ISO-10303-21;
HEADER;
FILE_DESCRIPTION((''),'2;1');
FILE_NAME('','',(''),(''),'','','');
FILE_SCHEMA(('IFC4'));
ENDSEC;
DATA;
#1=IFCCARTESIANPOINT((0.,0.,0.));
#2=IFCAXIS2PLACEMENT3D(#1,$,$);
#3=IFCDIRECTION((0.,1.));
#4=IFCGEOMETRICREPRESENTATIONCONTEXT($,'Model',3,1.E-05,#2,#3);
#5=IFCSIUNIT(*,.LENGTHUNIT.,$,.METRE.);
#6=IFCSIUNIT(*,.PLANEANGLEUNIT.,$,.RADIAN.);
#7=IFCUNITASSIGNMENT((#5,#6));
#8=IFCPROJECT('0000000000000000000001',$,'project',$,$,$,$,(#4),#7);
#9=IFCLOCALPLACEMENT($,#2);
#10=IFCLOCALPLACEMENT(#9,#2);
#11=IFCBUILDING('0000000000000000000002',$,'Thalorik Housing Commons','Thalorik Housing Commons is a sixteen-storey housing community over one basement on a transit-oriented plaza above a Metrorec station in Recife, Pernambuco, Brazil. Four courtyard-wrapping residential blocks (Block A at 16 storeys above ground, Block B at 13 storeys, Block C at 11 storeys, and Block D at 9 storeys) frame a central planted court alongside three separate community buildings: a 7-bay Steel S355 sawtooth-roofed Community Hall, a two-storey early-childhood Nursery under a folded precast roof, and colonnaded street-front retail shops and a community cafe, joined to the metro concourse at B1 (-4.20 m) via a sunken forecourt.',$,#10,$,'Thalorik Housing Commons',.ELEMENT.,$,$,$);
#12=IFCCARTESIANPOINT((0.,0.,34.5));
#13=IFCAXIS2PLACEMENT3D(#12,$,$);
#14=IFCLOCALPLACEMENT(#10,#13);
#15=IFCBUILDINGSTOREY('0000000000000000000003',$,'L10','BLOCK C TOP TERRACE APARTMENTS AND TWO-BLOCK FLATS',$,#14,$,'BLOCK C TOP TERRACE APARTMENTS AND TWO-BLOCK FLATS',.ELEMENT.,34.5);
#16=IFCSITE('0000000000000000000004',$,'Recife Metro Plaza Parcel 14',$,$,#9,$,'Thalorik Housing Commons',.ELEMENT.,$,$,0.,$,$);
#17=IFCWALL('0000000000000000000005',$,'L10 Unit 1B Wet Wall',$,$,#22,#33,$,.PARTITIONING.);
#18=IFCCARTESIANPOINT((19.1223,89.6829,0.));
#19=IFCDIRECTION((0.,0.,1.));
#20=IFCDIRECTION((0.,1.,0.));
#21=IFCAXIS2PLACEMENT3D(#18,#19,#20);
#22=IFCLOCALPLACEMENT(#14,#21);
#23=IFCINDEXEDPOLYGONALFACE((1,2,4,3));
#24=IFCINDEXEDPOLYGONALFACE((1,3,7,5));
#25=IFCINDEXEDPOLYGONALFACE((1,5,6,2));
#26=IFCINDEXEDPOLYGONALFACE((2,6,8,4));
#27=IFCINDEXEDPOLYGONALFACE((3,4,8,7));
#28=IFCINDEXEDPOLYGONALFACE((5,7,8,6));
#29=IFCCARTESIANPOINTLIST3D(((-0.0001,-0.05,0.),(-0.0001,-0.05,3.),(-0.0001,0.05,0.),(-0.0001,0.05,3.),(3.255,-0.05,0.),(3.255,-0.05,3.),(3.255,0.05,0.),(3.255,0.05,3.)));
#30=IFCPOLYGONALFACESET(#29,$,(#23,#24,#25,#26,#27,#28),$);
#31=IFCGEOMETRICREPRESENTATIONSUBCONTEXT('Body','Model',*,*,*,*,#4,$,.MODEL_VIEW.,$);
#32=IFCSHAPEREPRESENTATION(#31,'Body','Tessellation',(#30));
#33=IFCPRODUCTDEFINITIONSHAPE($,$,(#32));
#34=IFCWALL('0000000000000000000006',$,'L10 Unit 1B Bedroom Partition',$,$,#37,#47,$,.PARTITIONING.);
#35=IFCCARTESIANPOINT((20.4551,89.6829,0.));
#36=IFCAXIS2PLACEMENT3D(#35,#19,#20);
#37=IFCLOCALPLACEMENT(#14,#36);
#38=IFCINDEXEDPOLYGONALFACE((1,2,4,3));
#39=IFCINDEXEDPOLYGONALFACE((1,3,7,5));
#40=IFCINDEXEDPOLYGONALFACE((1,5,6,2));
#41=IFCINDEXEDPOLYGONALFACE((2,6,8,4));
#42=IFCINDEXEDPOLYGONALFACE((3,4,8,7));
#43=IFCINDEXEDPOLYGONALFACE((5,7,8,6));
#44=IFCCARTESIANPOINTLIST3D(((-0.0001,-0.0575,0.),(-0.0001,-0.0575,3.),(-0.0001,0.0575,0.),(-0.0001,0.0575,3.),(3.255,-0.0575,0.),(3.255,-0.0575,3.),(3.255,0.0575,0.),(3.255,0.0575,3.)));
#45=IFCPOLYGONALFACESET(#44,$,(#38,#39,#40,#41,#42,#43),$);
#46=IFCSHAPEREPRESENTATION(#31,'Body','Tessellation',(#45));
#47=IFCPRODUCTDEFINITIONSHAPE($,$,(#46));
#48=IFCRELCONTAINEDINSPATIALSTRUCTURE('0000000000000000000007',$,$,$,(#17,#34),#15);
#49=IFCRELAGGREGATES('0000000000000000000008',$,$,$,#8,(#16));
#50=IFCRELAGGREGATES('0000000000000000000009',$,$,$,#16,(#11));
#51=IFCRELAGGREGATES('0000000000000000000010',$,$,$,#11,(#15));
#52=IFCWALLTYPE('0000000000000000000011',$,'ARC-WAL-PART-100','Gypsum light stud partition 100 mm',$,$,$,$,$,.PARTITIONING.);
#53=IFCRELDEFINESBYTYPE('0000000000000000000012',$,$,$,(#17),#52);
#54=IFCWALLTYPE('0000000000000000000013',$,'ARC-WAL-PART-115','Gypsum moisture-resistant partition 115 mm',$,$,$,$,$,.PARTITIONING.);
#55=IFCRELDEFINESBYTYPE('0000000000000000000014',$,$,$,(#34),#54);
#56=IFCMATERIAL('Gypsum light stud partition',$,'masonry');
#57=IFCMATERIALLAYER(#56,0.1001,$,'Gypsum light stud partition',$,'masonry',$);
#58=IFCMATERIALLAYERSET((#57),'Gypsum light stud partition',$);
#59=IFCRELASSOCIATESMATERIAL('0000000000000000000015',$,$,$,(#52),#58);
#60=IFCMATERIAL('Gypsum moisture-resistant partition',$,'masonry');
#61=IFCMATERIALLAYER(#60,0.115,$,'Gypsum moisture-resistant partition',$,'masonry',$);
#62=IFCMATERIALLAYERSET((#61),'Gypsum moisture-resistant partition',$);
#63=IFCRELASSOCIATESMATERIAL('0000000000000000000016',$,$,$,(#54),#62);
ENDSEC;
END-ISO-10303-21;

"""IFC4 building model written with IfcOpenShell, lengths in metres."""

from ifc_helpers import new_model, si_unit, direction, frame, frame_2d, origin, place, context, subcontext, project, spatial, rectangle, extrude, material, layer, layer_set, type_object, element, save


model = new_model("IFC4")

# Units and contexts
model_context = context("Model", 3, precision=1e-05, world=origin(), true_north=direction((0.0, 1.0)))
body_context = subcontext(model_context, "Body", "Model", "MODEL_VIEW")
ifc_project = project(units=[si_unit("LENGTHUNIT", "METRE"), si_unit("PLANEANGLEUNIT", "RADIAN")], contexts=[model_context])

# Site, building, storey
site_placement = place(None, origin())
site = spatial("IfcSite", under=ifc_project, at=site_placement, Name="Recife Metro Plaza Parcel 14", LongName="Thalorik Housing Commons", CompositionType="ELEMENT", RefElevation=0.0)
building_placement = place(site_placement, origin())
building = spatial("IfcBuilding", under=site, at=building_placement, Name="Thalorik Housing Commons", Description="Thalorik Housing Commons is a sixteen-storey housing community over one basement on a transit-oriented plaza above a Metrorec station in Recife, Pernambuco, Brazil. Four courtyard-wrapping residential blocks (Block A at 16 storeys above ground, Block B at 13 storeys, Block C at 11 storeys, and Block D at 9 storeys) frame a central planted court alongside three separate community buildings: a 7-bay Steel S355 sawtooth-roofed Community Hall, a two-storey early-childhood Nursery under a folded precast roof, and colonnaded street-front retail shops and a community cafe, joined to the metro concourse at B1 (-4.20 m) via a sunken forecourt.", LongName="Thalorik Housing Commons", CompositionType="ELEMENT")
storey_placement = place(building_placement, frame((0.0, 0.0, 34.5)))
storey = spatial("IfcBuildingStorey", under=building, at=storey_placement, Name="L10", Description="BLOCK C TOP TERRACE APARTMENTS AND TWO-BLOCK FLATS", LongName="BLOCK C TOP TERRACE APARTMENTS AND TWO-BLOCK FLATS", CompositionType="ELEMENT", Elevation=34.5)

# Walls
ifc_material_1 = material(Name="Gypsum light stud partition", Category="masonry")
ifc_layer_1 = layer(ifc_material_1, 0.1001, Name="Gypsum light stud partition", Category="masonry")
ifc_layer_set_1 = layer_set([ifc_layer_1], Name="Gypsum light stud partition")
wall_type_1 = type_object("IfcWallType", Name="ARC-WAL-PART-100", Description="Gypsum light stud partition 100 mm", PredefinedType="PARTITIONING", material=ifc_layer_set_1)
wall_1_placement = place(storey_placement, frame((19.1223, 89.6829, 0.0), z_axis=(0.0, 0.0, 1.0), x_axis=(0.0, 1.0, 0.0)))
element("IfcWall", 1, at=wall_1_placement, inside=storey, type_object=wall_type_1, Name="L10 Unit 1B Wet Wall", PredefinedType="PARTITIONING", context=body_context, shape_type="SweptSolid", body=[
    extrude(rectangle(XDim=3.2551, YDim=0.1001, at=frame_2d((1.6274, 0.0))), origin(), (0.0, 0.0, 1.0), 3.0),
])
ifc_material_2 = material(Name="Gypsum moisture-resistant partition", Category="masonry")
ifc_layer_2 = layer(ifc_material_2, 0.115, Name="Gypsum moisture-resistant partition", Category="masonry")
ifc_layer_set_2 = layer_set([ifc_layer_2], Name="Gypsum moisture-resistant partition")
wall_type_2 = type_object("IfcWallType", Name="ARC-WAL-PART-115", Description="Gypsum moisture-resistant partition 115 mm", PredefinedType="PARTITIONING", material=ifc_layer_set_2)
wall_2_placement = place(storey_placement, frame((20.4551, 89.6829, 0.0), z_axis=(0.0, 0.0, 1.0), x_axis=(0.0, 1.0, 0.0)))
element("IfcWall", 2, at=wall_2_placement, inside=storey, type_object=wall_type_2, Name="L10 Unit 1B Bedroom Partition", PredefinedType="PARTITIONING", context=body_context, shape_type="SweptSolid", body=[
    extrude(rectangle(XDim=3.2551, YDim=0.115, at=frame_2d((1.6274, 0.0))), origin(), (0.0, 0.0, 1.0), 3.0),
])

save(model, "model.ifc")
